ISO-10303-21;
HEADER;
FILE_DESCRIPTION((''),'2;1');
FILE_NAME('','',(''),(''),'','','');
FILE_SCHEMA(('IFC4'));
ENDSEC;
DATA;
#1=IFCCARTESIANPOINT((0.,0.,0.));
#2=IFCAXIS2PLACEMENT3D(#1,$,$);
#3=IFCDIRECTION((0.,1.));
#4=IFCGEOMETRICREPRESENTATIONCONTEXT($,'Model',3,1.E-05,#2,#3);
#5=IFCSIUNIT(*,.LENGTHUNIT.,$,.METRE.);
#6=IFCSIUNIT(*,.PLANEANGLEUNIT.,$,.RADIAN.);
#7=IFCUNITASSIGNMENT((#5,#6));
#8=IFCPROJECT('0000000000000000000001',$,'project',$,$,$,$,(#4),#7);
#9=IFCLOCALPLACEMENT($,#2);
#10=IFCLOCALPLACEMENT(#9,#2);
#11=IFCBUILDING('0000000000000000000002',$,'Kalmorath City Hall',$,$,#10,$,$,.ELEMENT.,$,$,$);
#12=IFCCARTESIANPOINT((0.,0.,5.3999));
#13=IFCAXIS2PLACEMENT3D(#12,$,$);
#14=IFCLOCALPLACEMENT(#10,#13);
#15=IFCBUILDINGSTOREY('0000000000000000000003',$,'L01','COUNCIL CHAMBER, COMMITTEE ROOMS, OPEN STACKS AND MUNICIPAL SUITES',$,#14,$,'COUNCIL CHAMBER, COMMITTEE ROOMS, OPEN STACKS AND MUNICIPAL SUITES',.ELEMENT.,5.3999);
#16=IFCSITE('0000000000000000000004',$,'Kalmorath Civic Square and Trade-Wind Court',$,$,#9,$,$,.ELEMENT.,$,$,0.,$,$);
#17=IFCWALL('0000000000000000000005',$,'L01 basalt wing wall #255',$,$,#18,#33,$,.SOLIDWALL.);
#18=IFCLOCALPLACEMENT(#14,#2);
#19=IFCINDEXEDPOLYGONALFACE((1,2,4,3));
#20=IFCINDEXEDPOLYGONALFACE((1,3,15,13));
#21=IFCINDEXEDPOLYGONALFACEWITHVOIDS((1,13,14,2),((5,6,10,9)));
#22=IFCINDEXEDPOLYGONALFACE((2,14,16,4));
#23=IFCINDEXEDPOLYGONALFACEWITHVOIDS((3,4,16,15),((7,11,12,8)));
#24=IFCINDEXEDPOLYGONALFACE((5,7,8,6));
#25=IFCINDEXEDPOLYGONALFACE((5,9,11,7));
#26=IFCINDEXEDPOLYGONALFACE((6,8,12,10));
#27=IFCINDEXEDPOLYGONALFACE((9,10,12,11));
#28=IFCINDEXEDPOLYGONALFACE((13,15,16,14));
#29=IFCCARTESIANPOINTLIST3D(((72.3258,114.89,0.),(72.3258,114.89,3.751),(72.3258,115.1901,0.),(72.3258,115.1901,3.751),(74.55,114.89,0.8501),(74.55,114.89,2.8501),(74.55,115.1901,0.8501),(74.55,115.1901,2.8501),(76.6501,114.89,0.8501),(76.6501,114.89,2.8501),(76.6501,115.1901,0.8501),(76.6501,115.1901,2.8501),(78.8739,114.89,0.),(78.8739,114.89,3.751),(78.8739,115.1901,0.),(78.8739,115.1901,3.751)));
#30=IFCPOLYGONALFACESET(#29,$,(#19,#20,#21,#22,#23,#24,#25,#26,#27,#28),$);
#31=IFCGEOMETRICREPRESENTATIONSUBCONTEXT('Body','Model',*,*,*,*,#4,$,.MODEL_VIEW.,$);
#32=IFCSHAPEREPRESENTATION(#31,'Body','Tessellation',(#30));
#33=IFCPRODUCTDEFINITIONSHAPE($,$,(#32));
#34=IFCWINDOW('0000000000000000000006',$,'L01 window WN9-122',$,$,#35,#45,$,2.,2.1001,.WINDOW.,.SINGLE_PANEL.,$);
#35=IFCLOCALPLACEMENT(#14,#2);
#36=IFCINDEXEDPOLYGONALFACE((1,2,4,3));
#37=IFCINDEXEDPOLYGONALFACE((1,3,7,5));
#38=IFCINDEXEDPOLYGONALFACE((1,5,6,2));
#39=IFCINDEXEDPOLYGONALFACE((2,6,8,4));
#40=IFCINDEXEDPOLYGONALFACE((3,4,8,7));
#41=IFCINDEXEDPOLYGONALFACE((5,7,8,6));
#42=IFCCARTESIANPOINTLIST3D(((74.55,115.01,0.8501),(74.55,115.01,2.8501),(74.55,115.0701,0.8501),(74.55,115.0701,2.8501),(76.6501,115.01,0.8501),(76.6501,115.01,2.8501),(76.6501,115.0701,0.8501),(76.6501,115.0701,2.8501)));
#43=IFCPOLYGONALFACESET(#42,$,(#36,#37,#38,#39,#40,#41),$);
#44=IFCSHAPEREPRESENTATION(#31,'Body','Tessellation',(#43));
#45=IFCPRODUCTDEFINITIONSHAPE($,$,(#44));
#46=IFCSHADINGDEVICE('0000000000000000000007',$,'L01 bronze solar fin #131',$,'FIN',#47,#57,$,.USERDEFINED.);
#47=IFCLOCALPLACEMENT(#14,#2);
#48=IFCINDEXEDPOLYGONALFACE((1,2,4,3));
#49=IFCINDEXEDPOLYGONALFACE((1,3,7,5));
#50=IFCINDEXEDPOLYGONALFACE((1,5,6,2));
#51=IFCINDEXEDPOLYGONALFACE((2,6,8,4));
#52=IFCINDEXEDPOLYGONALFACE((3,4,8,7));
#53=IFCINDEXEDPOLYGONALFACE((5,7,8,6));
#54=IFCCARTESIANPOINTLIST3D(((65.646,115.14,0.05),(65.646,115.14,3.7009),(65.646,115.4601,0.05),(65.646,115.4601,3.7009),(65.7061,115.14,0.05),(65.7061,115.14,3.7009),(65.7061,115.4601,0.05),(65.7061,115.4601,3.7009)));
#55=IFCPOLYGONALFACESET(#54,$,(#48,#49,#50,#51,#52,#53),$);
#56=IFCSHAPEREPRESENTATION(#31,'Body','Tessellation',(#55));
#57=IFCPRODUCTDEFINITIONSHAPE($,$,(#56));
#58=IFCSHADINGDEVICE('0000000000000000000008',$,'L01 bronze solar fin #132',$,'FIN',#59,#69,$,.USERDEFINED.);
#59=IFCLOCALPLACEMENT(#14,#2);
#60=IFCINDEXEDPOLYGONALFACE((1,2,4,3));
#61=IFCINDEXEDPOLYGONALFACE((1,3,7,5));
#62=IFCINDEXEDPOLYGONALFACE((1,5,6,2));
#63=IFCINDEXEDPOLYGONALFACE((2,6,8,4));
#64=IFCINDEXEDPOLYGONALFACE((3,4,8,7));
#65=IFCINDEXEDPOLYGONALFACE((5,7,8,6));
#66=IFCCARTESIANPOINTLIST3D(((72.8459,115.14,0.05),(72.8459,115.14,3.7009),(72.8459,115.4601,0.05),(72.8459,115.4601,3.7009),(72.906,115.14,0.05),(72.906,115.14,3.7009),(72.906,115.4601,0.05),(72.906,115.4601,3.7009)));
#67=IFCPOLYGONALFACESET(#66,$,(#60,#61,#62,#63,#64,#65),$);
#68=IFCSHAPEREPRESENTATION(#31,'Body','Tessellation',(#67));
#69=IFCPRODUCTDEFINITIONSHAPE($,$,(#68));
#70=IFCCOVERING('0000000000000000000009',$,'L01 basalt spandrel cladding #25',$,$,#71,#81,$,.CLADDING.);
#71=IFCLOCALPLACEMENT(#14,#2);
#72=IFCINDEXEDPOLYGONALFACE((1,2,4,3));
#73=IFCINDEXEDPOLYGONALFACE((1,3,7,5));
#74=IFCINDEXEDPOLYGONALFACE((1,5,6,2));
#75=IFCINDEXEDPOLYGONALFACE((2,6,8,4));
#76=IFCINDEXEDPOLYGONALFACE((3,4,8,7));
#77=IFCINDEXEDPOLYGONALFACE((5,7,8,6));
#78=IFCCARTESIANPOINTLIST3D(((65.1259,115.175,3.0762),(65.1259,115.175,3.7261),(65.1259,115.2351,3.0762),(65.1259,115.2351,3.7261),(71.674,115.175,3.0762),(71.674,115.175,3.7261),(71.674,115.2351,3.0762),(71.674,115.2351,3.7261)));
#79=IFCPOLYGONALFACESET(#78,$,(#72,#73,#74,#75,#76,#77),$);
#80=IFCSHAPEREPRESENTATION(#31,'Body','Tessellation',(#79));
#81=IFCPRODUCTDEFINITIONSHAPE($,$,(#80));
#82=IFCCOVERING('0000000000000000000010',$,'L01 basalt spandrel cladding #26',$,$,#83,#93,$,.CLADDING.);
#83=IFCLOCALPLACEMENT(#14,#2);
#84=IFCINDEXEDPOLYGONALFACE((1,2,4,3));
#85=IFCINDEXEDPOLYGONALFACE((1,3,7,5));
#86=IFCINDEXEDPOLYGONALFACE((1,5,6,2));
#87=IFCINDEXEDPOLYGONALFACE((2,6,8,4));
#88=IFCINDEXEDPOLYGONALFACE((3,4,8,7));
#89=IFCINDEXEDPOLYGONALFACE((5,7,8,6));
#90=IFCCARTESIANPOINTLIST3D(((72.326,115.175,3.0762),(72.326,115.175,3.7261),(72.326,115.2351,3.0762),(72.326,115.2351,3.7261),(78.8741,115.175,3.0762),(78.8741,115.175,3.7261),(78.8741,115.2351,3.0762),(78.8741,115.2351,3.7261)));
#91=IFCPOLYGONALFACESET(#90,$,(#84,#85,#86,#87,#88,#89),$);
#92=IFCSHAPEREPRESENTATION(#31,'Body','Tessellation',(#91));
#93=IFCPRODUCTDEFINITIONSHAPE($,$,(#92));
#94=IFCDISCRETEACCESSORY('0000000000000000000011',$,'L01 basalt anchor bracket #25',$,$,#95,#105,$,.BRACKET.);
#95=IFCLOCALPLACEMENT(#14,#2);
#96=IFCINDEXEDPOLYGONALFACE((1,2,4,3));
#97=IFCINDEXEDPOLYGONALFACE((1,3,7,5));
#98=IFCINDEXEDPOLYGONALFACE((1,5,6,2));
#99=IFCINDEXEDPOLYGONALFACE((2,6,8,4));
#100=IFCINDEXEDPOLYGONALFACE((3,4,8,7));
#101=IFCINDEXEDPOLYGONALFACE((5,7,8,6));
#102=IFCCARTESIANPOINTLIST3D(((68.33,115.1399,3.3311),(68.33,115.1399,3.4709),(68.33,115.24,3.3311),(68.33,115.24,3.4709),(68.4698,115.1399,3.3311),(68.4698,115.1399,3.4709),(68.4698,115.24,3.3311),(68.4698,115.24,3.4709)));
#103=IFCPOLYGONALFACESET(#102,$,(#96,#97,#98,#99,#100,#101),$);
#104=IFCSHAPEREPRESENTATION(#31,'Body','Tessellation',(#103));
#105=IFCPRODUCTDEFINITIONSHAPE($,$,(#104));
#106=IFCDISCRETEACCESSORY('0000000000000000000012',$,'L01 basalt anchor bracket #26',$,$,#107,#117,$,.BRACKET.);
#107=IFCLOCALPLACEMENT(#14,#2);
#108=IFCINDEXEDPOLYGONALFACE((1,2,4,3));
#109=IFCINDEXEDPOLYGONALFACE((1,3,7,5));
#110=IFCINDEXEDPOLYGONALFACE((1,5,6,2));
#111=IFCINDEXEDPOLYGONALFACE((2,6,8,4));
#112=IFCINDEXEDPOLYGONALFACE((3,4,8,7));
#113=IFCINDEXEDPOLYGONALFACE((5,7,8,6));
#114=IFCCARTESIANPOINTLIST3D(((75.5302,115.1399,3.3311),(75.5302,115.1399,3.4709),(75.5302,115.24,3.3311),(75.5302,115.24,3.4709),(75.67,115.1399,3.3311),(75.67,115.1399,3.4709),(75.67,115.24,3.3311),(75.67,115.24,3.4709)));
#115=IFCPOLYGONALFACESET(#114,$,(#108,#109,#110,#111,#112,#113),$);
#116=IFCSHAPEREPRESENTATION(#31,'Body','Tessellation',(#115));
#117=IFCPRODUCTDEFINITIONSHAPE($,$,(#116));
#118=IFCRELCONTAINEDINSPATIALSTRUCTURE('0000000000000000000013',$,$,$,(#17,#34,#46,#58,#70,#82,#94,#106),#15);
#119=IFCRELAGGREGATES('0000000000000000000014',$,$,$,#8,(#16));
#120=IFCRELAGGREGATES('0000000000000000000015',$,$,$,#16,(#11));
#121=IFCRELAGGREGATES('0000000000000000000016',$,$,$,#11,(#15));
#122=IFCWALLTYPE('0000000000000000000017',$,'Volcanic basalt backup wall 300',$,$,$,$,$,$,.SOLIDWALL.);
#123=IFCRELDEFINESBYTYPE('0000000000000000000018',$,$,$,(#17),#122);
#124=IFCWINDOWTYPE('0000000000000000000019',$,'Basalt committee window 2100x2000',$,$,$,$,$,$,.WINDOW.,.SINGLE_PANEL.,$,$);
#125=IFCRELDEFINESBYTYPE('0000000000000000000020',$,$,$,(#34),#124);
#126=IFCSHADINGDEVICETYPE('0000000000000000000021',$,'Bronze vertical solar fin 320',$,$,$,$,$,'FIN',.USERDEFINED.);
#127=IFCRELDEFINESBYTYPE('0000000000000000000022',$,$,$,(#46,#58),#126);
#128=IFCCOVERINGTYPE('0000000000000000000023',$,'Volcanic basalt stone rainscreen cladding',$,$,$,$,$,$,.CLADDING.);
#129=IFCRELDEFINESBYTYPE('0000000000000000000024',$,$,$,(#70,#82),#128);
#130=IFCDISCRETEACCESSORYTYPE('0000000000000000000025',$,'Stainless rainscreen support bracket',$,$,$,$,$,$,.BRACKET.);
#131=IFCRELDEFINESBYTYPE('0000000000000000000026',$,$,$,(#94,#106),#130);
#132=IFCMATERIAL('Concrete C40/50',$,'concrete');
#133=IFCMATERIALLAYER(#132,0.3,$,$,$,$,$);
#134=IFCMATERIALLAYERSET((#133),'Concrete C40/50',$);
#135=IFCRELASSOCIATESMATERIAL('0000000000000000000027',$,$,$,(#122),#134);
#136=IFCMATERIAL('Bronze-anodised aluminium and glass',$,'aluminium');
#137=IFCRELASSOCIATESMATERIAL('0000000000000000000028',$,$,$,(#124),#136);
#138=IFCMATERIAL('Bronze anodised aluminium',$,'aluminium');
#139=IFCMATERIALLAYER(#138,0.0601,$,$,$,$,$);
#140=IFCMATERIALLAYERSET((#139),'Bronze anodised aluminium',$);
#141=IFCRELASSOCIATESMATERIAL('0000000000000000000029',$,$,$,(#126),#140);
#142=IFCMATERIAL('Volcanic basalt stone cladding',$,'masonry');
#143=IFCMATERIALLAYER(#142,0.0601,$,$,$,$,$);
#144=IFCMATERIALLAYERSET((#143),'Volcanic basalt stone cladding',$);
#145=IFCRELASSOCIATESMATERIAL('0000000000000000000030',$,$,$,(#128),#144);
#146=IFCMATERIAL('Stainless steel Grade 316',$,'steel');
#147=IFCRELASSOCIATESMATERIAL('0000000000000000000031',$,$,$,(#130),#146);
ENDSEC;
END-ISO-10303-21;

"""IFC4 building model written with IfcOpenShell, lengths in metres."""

from ifc_helpers import new_model, si_unit, direction, frame, frame_2d, origin, origin_2d, place, context, subcontext, project, spatial, rectangle, extrude, material, layer, layer_set, type_object, element, fill, save


model = new_model("IFC4")

# Units and contexts
model_context = context("Model", 3, precision=1e-05, world=origin(), true_north=direction((0.0, 1.0)))
body_context = subcontext(model_context, "Body", "Model", "MODEL_VIEW")
ifc_project = project(units=[si_unit("LENGTHUNIT", "METRE"), si_unit("PLANEANGLEUNIT", "RADIAN")], contexts=[model_context])

# Site, building, storey
site_placement = place(None, origin())
site = spatial("IfcSite", under=ifc_project, at=site_placement, Name="Kalmorath Civic Square and Trade-Wind Court", CompositionType="ELEMENT", RefElevation=0.0)
building_placement = place(site_placement, origin())
building = spatial("IfcBuilding", under=site, at=building_placement, Name="Kalmorath City Hall", CompositionType="ELEMENT")
storey_placement = place(building_placement, frame((0.0, 0.0, 5.3999)))
storey = spatial("IfcBuildingStorey", under=building, at=storey_placement, Name="L01", Description="COUNCIL CHAMBER, COMMITTEE ROOMS, OPEN STACKS AND MUNICIPAL SUITES", LongName="COUNCIL CHAMBER, COMMITTEE ROOMS, OPEN STACKS AND MUNICIPAL SUITES", CompositionType="ELEMENT", Elevation=5.3999)

# Wall, opening, window
ifc_material_1 = material(Name="Concrete C40/50", Category="concrete")
ifc_layer_1 = layer(ifc_material_1, 0.3)
ifc_layer_set_1 = layer_set([ifc_layer_1], Name="Concrete C40/50")
wall_type_1 = type_object("IfcWallType", Name="Volcanic basalt backup wall 300", PredefinedType="SOLIDWALL", material=ifc_layer_set_1)
wall_1_placement = place(storey_placement, frame((72.3259, 115.04, 0.0), z_axis=(0.0, 0.0, 1.0), x_axis=(1.0, 0.0, 0.0)))
wall_1 = element("IfcWall", 1, at=wall_1_placement, inside=storey, type_object=wall_type_1, Name="L01 basalt wing wall #255", PredefinedType="SOLIDWALL", context=body_context, shape_type="SweptSolid", body=[
    extrude(rectangle(XDim=6.5481, YDim=0.3, at=frame_2d((3.2739, 0.0))), origin(), (0.0, 0.0, 1.0), 3.751),
])
opening_1_placement = place(wall_1_placement, frame((2.2241, 0.0, 0.8501)))
opening_1 = element("IfcOpeningElement", 2, at=opening_1_placement, cuts=wall_1, PredefinedType="OPENING", context=body_context, shape_type="SweptSolid", body=[
    extrude(rectangle(XDim=2.1001, YDim=2.0, at=frame_2d((1.05, 1.0))), frame((0.0, 0.1599, 0.0), z_axis=(0.0, -1.0, 0.0), x_axis=(1.0, 0.0, 0.0)), (0.0, 0.0, 1.0), 0.3201),
])
ifc_material_2 = material(Name="Bronze-anodised aluminium and glass", Category="aluminium")
window_type = type_object("IfcWindowType", Name="Basalt committee window 2100x2000", PartitioningType="SINGLE_PANEL", PredefinedType="WINDOW", material=ifc_material_2)
window_placement = place(opening_1_placement, origin())
window = element("IfcWindow", 3, at=window_placement, inside=storey, type_object=window_type, Name="L01 window WN9-122", OverallHeight=2.0, OverallWidth=2.1001, PartitioningType="SINGLE_PANEL", PredefinedType="WINDOW", context=body_context, shape_type="SweptSolid", body=[
    extrude(rectangle(XDim=2.1001, YDim=2.0, at=frame_2d((1.05, 1.0))), frame((0.0, 0.03, 0.0), z_axis=(0.0, -1.0, 0.0), x_axis=(1.0, 0.0, 0.0)), (0.0, 0.0, 1.0), 0.0601),
])
fill(opening_1, window)

# Shading devices
ifc_material_3 = material(Name="Bronze anodised aluminium", Category="aluminium")
ifc_layer_2 = layer(ifc_material_3, 0.0601)
ifc_layer_set_2 = layer_set([ifc_layer_2], Name="Bronze anodised aluminium")
shading_device_type = type_object("IfcShadingDeviceType", Name="Bronze vertical solar fin 320", ElementType="FIN", PredefinedType="USERDEFINED", material=ifc_layer_set_2)
for number, where, z_axis, x_axis, name in (
    (4, (65.676, 115.3, 0.05), (0.0, 0.0, 1.0), (1.0, 0.0, 0.0), "L01 bronze solar fin #131"),
    (5, (72.876, 115.3, 0.05), (0.0, 0.0, 1.0), (1.0, 0.0, 0.0), "L01 bronze solar fin #132"),
):
    element("IfcShadingDevice", number, at=place(storey_placement, frame(where, z_axis=z_axis, x_axis=x_axis)), inside=storey, type_object=shading_device_type, Name=name, ObjectType="FIN", PredefinedType="USERDEFINED", context=body_context, shape_type="SweptSolid", body=[
        extrude(rectangle(XDim=0.0601, YDim=0.3201, at=origin_2d()), origin(), (0.0, 0.0, 1.0), 3.6509),
    ])

# Coverings
ifc_material_4 = material(Name="Volcanic basalt stone cladding", Category="masonry")
ifc_layer_3 = layer(ifc_material_4, 0.0601)
ifc_layer_set_3 = layer_set([ifc_layer_3], Name="Volcanic basalt stone cladding")
covering_type = type_object("IfcCoveringType", Name="Volcanic basalt stone rainscreen cladding", PredefinedType="CLADDING", material=ifc_layer_set_3)
for number, where, z_axis, x_axis, name in (
    (6, (68.3999, 115.2051, 3.0762), (0.0, 0.0, 1.0), (1.0, 0.0, 0.0), "L01 basalt spandrel cladding #25"),
    (7, (75.6001, 115.2051, 3.0762), (0.0, 0.0, 1.0), (1.0, 0.0, 0.0), "L01 basalt spandrel cladding #26"),
):
    element("IfcCovering", number, at=place(storey_placement, frame(where, z_axis=z_axis, x_axis=x_axis)), inside=storey, type_object=covering_type, Name=name, PredefinedType="CLADDING", context=body_context, shape_type="SweptSolid", body=[
        extrude(rectangle(XDim=6.5481, YDim=0.0601, at=origin_2d()), origin(), (0.0, 0.0, 1.0), 0.6499),
    ])

# Discrete accessories
ifc_material_5 = material(Name="Stainless steel Grade 316", Category="steel")
discrete_accessory_type = type_object("IfcDiscreteAccessoryType", Name="Stainless rainscreen support bracket", PredefinedType="BRACKET", material=ifc_material_5)
for number, where, z_axis, x_axis, name in (
    (8, (68.3999, 115.1899, 3.3311), (0.0, 0.0, 1.0), (1.0, 0.0, 0.0), "L01 basalt anchor bracket #25"),
    (9, (75.6001, 115.1899, 3.3311), (0.0, 0.0, 1.0), (1.0, 0.0, 0.0), "L01 basalt anchor bracket #26"),
):
    element("IfcDiscreteAccessory", number, at=place(storey_placement, frame(where, z_axis=z_axis, x_axis=x_axis)), inside=storey, type_object=discrete_accessory_type, Name=name, PredefinedType="BRACKET", context=body_context, shape_type="SweptSolid", body=[
        extrude(rectangle(XDim=0.1399, YDim=0.1001, at=origin_2d()), origin(), (0.0, 0.0, 1.0), 0.1399),
    ])

save(model, "model.ifc")
